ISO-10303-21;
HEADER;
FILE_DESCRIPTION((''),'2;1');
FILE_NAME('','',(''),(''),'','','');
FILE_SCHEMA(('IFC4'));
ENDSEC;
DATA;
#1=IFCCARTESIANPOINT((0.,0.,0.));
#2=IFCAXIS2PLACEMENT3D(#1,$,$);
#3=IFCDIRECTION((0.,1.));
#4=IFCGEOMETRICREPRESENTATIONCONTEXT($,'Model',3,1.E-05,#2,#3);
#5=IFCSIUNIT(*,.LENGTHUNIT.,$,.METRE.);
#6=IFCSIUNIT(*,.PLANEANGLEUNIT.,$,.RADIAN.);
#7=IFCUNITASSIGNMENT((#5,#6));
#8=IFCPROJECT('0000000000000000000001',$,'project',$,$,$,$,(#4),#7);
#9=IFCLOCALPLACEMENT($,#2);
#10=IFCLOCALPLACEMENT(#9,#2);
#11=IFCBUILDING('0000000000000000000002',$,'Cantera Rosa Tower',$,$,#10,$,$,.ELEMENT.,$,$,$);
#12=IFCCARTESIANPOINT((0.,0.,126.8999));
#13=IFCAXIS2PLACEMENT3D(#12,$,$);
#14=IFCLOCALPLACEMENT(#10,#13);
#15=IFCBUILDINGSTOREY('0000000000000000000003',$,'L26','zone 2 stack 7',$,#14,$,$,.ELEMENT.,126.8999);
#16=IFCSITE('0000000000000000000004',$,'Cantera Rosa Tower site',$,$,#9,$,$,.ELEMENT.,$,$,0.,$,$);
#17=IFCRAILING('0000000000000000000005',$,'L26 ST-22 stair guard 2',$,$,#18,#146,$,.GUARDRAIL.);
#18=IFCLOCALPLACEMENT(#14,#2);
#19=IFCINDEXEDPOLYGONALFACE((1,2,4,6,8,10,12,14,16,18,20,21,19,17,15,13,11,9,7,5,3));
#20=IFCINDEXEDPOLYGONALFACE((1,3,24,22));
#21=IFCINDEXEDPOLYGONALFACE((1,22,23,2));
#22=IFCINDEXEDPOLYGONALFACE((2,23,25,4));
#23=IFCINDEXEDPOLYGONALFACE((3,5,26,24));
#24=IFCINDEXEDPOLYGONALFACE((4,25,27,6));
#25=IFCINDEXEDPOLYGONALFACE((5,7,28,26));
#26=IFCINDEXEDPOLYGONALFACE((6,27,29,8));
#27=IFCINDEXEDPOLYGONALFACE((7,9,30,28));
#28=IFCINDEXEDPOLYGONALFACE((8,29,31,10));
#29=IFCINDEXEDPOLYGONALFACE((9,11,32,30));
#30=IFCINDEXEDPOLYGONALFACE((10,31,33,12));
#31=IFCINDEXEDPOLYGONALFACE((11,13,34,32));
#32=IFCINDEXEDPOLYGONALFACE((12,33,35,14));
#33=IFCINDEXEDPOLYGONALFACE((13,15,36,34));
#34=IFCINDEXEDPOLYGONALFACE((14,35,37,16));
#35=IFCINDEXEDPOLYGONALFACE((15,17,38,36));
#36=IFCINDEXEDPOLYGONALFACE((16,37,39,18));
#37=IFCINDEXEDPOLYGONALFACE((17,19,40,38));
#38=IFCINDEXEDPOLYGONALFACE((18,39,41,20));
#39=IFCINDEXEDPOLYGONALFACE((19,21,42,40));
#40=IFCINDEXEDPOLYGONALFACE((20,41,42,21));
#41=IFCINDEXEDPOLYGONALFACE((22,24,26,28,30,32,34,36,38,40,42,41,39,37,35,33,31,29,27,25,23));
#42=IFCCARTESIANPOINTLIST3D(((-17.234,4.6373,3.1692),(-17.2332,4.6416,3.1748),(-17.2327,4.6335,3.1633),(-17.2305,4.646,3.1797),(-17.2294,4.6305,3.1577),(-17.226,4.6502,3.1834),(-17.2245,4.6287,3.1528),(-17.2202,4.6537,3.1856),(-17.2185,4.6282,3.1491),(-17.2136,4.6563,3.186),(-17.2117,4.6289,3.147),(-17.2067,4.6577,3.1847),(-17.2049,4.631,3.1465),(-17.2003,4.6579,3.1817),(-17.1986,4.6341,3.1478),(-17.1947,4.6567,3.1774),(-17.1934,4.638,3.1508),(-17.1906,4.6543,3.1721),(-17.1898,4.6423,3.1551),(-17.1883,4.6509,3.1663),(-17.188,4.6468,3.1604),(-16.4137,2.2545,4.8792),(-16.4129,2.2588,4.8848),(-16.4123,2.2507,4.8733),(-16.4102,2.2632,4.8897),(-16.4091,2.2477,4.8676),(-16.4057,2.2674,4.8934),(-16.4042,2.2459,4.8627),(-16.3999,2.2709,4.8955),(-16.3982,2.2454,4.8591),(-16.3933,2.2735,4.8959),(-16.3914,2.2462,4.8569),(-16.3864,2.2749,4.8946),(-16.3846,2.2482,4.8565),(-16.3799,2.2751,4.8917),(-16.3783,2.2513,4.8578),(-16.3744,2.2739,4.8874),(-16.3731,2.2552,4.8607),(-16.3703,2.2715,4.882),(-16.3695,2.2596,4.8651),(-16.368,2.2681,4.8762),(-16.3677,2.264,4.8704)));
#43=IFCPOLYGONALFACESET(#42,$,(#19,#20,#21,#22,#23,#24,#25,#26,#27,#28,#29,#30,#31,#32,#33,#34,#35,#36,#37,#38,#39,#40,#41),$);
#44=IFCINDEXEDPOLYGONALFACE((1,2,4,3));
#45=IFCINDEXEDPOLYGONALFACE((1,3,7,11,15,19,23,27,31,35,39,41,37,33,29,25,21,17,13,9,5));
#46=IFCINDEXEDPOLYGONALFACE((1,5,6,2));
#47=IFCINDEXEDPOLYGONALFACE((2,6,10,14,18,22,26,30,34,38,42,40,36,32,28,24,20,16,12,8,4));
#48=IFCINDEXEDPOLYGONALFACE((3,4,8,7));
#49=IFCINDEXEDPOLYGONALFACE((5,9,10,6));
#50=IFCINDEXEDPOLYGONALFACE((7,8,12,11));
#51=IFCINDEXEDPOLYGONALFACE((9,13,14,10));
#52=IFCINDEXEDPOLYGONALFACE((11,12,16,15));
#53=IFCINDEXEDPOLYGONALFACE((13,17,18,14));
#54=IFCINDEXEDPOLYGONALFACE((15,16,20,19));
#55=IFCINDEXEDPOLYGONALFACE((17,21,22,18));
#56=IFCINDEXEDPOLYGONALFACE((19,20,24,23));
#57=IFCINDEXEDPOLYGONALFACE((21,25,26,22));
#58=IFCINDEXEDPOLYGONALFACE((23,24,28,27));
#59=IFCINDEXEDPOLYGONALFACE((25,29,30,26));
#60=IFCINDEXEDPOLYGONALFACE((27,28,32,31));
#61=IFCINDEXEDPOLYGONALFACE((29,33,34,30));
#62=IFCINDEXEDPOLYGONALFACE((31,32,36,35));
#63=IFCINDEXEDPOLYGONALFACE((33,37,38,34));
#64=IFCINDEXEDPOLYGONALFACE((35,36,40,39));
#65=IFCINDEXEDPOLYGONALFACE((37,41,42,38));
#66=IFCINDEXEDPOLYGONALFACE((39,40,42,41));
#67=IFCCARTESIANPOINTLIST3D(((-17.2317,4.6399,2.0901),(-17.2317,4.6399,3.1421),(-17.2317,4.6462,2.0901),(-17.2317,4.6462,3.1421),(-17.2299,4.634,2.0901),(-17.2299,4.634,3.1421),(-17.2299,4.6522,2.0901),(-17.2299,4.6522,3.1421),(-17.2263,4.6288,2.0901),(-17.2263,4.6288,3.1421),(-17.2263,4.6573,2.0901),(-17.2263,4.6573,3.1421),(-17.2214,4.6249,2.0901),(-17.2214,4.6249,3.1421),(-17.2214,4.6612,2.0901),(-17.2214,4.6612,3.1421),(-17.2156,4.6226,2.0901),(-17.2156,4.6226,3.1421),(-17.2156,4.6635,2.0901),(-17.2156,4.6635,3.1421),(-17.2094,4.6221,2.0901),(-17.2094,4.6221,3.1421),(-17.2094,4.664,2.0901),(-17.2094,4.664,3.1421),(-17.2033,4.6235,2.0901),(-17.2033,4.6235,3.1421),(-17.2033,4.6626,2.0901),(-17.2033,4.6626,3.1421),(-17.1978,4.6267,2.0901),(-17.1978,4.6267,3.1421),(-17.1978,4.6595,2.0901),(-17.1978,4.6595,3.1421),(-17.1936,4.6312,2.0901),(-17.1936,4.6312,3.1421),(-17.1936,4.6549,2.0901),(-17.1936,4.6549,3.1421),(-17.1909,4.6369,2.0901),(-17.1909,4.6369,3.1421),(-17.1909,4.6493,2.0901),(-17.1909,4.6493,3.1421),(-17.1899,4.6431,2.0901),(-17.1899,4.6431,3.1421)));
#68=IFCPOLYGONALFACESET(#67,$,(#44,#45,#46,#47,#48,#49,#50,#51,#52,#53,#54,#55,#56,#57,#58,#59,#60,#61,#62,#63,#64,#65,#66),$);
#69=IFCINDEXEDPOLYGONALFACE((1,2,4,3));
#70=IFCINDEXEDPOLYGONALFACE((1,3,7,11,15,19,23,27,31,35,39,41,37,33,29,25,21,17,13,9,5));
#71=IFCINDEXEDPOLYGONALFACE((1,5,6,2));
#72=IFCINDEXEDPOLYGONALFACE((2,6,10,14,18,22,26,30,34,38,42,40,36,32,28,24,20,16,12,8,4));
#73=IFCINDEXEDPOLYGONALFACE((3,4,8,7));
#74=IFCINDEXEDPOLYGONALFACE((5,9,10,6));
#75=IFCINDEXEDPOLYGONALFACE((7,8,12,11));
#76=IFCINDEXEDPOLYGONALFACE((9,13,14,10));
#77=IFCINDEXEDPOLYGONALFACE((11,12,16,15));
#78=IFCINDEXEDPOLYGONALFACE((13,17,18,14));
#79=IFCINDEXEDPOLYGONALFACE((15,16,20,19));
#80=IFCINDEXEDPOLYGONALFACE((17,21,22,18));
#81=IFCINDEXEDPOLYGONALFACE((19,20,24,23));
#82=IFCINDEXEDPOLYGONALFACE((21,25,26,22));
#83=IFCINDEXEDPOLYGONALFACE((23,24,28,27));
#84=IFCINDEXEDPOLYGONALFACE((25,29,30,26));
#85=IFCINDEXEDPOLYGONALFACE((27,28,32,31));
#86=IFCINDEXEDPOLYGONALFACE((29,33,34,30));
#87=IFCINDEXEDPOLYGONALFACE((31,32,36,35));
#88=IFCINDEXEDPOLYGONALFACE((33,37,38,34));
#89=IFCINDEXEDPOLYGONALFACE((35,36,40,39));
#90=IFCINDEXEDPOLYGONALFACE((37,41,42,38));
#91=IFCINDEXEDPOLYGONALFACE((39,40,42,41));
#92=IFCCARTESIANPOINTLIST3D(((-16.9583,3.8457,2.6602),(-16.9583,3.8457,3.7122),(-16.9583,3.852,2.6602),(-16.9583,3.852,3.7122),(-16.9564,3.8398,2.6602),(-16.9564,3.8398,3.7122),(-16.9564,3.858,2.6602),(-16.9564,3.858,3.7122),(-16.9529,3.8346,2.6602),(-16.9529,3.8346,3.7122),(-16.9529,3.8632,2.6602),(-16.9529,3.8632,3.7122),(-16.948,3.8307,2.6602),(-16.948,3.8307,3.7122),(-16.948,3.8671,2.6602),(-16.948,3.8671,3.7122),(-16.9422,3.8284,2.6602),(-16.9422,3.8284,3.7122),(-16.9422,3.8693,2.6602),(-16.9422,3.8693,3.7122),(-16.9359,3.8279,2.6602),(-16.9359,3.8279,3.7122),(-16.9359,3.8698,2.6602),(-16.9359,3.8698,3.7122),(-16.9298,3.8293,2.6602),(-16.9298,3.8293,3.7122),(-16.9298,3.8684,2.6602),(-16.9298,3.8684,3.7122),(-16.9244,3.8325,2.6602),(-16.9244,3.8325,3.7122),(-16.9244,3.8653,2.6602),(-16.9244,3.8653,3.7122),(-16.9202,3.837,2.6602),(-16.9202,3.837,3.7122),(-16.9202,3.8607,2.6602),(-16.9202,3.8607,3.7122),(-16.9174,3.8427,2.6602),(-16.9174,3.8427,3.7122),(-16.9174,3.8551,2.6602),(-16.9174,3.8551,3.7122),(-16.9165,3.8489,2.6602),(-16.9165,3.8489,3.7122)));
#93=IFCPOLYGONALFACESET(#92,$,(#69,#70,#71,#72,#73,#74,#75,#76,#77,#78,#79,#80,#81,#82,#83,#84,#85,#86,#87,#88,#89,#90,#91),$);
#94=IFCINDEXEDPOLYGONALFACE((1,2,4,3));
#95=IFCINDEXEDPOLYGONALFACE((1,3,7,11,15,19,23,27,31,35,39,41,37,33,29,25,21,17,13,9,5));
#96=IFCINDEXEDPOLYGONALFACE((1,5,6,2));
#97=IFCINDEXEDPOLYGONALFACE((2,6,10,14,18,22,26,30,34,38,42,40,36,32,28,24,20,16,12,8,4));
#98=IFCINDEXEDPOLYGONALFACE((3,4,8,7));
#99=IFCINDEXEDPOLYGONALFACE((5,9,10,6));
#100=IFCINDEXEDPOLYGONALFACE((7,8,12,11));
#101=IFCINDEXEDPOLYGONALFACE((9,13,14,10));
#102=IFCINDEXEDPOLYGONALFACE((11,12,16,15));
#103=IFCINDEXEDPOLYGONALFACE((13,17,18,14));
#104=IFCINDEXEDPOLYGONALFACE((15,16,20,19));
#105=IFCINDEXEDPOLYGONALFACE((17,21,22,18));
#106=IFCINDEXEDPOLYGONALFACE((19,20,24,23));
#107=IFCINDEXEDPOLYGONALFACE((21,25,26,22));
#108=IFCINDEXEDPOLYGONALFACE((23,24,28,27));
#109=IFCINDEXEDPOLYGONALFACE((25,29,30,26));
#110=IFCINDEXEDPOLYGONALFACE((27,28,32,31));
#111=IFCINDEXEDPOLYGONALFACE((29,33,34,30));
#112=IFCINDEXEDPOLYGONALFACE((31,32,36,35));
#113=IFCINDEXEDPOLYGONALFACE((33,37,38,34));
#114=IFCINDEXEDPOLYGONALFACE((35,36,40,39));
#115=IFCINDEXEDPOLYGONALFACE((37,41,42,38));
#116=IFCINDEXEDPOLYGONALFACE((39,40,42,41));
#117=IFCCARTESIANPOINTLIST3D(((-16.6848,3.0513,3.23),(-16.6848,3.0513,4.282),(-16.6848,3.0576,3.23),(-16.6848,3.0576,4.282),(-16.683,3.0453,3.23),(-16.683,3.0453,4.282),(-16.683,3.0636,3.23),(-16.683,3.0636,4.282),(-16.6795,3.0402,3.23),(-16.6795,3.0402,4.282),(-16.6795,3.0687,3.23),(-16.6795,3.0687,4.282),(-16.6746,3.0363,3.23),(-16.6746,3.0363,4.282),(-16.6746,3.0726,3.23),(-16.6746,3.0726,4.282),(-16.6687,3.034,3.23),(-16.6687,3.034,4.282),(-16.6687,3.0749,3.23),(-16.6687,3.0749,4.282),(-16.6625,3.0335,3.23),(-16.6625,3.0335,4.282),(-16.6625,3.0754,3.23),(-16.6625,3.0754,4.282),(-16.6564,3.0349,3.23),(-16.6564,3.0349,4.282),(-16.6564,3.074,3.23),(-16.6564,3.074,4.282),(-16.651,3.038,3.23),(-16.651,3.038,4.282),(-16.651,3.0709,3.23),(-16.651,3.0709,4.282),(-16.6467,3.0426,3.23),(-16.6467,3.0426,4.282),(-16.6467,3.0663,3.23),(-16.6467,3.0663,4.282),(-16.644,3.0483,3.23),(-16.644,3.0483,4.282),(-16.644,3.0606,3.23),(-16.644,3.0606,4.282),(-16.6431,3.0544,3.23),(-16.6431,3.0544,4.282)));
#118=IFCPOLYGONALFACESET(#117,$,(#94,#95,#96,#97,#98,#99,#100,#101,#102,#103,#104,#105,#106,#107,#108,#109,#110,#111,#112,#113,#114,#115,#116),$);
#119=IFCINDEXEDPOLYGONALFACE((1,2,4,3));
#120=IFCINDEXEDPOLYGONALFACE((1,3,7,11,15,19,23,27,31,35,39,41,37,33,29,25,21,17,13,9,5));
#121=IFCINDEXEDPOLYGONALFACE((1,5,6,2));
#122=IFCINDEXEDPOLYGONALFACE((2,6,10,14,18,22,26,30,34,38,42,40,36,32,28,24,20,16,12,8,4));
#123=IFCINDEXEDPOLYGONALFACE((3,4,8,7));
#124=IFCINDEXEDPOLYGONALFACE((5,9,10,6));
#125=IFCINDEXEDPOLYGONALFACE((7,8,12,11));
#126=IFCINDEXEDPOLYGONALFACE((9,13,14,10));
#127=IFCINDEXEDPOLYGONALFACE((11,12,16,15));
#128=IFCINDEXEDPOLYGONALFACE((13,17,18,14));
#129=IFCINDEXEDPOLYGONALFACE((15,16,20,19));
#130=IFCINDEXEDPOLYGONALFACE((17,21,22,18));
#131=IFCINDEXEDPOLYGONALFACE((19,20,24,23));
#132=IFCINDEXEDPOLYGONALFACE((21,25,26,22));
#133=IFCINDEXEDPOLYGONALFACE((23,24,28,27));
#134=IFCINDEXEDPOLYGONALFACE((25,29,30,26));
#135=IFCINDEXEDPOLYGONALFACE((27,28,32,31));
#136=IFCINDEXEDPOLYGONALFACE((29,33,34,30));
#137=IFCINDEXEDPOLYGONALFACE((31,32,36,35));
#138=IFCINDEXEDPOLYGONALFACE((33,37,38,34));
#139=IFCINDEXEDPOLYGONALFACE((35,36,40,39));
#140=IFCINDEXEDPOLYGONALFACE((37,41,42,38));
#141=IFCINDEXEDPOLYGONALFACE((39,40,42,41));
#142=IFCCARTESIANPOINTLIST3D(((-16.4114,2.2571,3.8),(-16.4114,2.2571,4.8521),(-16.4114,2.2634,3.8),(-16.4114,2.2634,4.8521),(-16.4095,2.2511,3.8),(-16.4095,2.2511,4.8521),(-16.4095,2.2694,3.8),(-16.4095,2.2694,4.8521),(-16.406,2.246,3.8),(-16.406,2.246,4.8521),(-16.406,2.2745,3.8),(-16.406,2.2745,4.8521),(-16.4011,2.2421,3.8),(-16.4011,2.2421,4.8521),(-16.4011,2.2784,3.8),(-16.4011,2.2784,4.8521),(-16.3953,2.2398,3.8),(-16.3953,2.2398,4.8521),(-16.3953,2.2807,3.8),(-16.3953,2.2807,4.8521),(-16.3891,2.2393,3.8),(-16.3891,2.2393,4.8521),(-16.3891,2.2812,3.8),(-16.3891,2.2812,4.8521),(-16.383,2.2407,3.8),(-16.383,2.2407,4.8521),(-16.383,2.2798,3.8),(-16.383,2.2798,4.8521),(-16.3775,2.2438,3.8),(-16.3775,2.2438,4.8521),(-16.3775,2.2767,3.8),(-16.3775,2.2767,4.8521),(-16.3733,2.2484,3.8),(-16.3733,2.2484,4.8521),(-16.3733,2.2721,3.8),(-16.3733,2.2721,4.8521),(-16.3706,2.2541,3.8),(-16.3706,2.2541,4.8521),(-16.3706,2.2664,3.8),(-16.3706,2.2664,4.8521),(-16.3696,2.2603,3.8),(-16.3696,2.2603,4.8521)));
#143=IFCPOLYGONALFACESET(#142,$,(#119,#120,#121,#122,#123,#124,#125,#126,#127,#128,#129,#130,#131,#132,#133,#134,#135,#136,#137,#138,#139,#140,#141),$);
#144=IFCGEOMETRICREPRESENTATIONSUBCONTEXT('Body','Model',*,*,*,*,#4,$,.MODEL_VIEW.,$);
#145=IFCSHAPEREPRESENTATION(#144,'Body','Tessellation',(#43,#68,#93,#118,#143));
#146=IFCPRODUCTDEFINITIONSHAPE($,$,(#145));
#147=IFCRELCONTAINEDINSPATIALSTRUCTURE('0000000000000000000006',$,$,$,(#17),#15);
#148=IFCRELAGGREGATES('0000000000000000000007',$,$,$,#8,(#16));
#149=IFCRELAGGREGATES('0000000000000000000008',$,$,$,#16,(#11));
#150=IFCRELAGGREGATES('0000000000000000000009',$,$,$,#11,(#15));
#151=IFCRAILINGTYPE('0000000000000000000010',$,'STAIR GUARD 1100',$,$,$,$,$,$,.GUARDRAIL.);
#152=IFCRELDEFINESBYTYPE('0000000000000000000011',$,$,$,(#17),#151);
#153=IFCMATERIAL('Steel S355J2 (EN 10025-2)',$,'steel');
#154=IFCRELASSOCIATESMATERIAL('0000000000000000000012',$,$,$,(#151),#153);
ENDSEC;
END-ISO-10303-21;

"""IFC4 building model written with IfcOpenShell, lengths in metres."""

from ifc_helpers import new_model, si_unit, direction, frame, origin, origin_2d, place, context, subcontext, project, spatial, circle, extrude, material, type_object, element, save


model = new_model("IFC4")

# Units and contexts
model_context = context("Model", 3, precision=1e-05, world=origin(), true_north=direction((0.0, 1.0)))
body_context = subcontext(model_context, "Body", "Model", "MODEL_VIEW")
ifc_project = project(units=[si_unit("LENGTHUNIT", "METRE"), si_unit("PLANEANGLEUNIT", "RADIAN")], contexts=[model_context])

# Site, building, storey
site_placement = place(None, origin())
site = spatial("IfcSite", under=ifc_project, at=site_placement, Name="Cantera Rosa Tower site", CompositionType="ELEMENT", RefElevation=0.0)
building_placement = place(site_placement, origin())
building = spatial("IfcBuilding", under=site, at=building_placement, Name="Cantera Rosa Tower", CompositionType="ELEMENT")
storey_placement = place(building_placement, frame((0.0, 0.0, 126.8999)))
storey = spatial("IfcBuildingStorey", under=building, at=storey_placement, Name="L26", Description="zone 2 stack 7", CompositionType="ELEMENT", Elevation=126.8999)

# Railing
ifc_material_1 = material(Name="Steel S355J2 (EN 10025-2)", Category="steel")
railing_type_1 = type_object("IfcRailingType", Name="STAIR GUARD 1100", PredefinedType="GUARDRAIL", material=ifc_material_1)
railing_1_placement = place(storey_placement, frame((-17.2109, 4.6431, 2.0901)))
element("IfcRailing", 1, at=railing_1_placement, inside=storey, type_object=railing_type_1, Name="L26 ST-22 stair guard 2", PredefinedType="GUARDRAIL", context=body_context, shape_type="SweptSolid", body=[
    extrude(circle(Radius=0.0239, at=origin_2d()), frame((0.0, 0.0, 1.0762), z_axis=(0.269358, -0.782421, 0.561483), x_axis=(0.945538, 0.325513, 0.0)), (0.0, 0.0, 1.0), 3.0454),
    extrude(circle(Radius=0.021, at=origin_2d()), origin(), (0.0, 0.0, 1.0), 1.052),
    extrude(circle(Radius=0.021, at=origin_2d()), frame((0.2734, -0.7942, 0.5701)), (0.0, 0.0, 1.0), 1.052),
    extrude(circle(Radius=0.021, at=origin_2d()), frame((0.5469, -1.5886, 1.1399)), (0.0, 0.0, 1.0), 1.052),
    extrude(circle(Radius=0.021, at=origin_2d()), frame((0.8203, -2.3828, 1.71)), (0.0, 0.0, 1.0), 1.052),
])

save(model, "model.ifc")
